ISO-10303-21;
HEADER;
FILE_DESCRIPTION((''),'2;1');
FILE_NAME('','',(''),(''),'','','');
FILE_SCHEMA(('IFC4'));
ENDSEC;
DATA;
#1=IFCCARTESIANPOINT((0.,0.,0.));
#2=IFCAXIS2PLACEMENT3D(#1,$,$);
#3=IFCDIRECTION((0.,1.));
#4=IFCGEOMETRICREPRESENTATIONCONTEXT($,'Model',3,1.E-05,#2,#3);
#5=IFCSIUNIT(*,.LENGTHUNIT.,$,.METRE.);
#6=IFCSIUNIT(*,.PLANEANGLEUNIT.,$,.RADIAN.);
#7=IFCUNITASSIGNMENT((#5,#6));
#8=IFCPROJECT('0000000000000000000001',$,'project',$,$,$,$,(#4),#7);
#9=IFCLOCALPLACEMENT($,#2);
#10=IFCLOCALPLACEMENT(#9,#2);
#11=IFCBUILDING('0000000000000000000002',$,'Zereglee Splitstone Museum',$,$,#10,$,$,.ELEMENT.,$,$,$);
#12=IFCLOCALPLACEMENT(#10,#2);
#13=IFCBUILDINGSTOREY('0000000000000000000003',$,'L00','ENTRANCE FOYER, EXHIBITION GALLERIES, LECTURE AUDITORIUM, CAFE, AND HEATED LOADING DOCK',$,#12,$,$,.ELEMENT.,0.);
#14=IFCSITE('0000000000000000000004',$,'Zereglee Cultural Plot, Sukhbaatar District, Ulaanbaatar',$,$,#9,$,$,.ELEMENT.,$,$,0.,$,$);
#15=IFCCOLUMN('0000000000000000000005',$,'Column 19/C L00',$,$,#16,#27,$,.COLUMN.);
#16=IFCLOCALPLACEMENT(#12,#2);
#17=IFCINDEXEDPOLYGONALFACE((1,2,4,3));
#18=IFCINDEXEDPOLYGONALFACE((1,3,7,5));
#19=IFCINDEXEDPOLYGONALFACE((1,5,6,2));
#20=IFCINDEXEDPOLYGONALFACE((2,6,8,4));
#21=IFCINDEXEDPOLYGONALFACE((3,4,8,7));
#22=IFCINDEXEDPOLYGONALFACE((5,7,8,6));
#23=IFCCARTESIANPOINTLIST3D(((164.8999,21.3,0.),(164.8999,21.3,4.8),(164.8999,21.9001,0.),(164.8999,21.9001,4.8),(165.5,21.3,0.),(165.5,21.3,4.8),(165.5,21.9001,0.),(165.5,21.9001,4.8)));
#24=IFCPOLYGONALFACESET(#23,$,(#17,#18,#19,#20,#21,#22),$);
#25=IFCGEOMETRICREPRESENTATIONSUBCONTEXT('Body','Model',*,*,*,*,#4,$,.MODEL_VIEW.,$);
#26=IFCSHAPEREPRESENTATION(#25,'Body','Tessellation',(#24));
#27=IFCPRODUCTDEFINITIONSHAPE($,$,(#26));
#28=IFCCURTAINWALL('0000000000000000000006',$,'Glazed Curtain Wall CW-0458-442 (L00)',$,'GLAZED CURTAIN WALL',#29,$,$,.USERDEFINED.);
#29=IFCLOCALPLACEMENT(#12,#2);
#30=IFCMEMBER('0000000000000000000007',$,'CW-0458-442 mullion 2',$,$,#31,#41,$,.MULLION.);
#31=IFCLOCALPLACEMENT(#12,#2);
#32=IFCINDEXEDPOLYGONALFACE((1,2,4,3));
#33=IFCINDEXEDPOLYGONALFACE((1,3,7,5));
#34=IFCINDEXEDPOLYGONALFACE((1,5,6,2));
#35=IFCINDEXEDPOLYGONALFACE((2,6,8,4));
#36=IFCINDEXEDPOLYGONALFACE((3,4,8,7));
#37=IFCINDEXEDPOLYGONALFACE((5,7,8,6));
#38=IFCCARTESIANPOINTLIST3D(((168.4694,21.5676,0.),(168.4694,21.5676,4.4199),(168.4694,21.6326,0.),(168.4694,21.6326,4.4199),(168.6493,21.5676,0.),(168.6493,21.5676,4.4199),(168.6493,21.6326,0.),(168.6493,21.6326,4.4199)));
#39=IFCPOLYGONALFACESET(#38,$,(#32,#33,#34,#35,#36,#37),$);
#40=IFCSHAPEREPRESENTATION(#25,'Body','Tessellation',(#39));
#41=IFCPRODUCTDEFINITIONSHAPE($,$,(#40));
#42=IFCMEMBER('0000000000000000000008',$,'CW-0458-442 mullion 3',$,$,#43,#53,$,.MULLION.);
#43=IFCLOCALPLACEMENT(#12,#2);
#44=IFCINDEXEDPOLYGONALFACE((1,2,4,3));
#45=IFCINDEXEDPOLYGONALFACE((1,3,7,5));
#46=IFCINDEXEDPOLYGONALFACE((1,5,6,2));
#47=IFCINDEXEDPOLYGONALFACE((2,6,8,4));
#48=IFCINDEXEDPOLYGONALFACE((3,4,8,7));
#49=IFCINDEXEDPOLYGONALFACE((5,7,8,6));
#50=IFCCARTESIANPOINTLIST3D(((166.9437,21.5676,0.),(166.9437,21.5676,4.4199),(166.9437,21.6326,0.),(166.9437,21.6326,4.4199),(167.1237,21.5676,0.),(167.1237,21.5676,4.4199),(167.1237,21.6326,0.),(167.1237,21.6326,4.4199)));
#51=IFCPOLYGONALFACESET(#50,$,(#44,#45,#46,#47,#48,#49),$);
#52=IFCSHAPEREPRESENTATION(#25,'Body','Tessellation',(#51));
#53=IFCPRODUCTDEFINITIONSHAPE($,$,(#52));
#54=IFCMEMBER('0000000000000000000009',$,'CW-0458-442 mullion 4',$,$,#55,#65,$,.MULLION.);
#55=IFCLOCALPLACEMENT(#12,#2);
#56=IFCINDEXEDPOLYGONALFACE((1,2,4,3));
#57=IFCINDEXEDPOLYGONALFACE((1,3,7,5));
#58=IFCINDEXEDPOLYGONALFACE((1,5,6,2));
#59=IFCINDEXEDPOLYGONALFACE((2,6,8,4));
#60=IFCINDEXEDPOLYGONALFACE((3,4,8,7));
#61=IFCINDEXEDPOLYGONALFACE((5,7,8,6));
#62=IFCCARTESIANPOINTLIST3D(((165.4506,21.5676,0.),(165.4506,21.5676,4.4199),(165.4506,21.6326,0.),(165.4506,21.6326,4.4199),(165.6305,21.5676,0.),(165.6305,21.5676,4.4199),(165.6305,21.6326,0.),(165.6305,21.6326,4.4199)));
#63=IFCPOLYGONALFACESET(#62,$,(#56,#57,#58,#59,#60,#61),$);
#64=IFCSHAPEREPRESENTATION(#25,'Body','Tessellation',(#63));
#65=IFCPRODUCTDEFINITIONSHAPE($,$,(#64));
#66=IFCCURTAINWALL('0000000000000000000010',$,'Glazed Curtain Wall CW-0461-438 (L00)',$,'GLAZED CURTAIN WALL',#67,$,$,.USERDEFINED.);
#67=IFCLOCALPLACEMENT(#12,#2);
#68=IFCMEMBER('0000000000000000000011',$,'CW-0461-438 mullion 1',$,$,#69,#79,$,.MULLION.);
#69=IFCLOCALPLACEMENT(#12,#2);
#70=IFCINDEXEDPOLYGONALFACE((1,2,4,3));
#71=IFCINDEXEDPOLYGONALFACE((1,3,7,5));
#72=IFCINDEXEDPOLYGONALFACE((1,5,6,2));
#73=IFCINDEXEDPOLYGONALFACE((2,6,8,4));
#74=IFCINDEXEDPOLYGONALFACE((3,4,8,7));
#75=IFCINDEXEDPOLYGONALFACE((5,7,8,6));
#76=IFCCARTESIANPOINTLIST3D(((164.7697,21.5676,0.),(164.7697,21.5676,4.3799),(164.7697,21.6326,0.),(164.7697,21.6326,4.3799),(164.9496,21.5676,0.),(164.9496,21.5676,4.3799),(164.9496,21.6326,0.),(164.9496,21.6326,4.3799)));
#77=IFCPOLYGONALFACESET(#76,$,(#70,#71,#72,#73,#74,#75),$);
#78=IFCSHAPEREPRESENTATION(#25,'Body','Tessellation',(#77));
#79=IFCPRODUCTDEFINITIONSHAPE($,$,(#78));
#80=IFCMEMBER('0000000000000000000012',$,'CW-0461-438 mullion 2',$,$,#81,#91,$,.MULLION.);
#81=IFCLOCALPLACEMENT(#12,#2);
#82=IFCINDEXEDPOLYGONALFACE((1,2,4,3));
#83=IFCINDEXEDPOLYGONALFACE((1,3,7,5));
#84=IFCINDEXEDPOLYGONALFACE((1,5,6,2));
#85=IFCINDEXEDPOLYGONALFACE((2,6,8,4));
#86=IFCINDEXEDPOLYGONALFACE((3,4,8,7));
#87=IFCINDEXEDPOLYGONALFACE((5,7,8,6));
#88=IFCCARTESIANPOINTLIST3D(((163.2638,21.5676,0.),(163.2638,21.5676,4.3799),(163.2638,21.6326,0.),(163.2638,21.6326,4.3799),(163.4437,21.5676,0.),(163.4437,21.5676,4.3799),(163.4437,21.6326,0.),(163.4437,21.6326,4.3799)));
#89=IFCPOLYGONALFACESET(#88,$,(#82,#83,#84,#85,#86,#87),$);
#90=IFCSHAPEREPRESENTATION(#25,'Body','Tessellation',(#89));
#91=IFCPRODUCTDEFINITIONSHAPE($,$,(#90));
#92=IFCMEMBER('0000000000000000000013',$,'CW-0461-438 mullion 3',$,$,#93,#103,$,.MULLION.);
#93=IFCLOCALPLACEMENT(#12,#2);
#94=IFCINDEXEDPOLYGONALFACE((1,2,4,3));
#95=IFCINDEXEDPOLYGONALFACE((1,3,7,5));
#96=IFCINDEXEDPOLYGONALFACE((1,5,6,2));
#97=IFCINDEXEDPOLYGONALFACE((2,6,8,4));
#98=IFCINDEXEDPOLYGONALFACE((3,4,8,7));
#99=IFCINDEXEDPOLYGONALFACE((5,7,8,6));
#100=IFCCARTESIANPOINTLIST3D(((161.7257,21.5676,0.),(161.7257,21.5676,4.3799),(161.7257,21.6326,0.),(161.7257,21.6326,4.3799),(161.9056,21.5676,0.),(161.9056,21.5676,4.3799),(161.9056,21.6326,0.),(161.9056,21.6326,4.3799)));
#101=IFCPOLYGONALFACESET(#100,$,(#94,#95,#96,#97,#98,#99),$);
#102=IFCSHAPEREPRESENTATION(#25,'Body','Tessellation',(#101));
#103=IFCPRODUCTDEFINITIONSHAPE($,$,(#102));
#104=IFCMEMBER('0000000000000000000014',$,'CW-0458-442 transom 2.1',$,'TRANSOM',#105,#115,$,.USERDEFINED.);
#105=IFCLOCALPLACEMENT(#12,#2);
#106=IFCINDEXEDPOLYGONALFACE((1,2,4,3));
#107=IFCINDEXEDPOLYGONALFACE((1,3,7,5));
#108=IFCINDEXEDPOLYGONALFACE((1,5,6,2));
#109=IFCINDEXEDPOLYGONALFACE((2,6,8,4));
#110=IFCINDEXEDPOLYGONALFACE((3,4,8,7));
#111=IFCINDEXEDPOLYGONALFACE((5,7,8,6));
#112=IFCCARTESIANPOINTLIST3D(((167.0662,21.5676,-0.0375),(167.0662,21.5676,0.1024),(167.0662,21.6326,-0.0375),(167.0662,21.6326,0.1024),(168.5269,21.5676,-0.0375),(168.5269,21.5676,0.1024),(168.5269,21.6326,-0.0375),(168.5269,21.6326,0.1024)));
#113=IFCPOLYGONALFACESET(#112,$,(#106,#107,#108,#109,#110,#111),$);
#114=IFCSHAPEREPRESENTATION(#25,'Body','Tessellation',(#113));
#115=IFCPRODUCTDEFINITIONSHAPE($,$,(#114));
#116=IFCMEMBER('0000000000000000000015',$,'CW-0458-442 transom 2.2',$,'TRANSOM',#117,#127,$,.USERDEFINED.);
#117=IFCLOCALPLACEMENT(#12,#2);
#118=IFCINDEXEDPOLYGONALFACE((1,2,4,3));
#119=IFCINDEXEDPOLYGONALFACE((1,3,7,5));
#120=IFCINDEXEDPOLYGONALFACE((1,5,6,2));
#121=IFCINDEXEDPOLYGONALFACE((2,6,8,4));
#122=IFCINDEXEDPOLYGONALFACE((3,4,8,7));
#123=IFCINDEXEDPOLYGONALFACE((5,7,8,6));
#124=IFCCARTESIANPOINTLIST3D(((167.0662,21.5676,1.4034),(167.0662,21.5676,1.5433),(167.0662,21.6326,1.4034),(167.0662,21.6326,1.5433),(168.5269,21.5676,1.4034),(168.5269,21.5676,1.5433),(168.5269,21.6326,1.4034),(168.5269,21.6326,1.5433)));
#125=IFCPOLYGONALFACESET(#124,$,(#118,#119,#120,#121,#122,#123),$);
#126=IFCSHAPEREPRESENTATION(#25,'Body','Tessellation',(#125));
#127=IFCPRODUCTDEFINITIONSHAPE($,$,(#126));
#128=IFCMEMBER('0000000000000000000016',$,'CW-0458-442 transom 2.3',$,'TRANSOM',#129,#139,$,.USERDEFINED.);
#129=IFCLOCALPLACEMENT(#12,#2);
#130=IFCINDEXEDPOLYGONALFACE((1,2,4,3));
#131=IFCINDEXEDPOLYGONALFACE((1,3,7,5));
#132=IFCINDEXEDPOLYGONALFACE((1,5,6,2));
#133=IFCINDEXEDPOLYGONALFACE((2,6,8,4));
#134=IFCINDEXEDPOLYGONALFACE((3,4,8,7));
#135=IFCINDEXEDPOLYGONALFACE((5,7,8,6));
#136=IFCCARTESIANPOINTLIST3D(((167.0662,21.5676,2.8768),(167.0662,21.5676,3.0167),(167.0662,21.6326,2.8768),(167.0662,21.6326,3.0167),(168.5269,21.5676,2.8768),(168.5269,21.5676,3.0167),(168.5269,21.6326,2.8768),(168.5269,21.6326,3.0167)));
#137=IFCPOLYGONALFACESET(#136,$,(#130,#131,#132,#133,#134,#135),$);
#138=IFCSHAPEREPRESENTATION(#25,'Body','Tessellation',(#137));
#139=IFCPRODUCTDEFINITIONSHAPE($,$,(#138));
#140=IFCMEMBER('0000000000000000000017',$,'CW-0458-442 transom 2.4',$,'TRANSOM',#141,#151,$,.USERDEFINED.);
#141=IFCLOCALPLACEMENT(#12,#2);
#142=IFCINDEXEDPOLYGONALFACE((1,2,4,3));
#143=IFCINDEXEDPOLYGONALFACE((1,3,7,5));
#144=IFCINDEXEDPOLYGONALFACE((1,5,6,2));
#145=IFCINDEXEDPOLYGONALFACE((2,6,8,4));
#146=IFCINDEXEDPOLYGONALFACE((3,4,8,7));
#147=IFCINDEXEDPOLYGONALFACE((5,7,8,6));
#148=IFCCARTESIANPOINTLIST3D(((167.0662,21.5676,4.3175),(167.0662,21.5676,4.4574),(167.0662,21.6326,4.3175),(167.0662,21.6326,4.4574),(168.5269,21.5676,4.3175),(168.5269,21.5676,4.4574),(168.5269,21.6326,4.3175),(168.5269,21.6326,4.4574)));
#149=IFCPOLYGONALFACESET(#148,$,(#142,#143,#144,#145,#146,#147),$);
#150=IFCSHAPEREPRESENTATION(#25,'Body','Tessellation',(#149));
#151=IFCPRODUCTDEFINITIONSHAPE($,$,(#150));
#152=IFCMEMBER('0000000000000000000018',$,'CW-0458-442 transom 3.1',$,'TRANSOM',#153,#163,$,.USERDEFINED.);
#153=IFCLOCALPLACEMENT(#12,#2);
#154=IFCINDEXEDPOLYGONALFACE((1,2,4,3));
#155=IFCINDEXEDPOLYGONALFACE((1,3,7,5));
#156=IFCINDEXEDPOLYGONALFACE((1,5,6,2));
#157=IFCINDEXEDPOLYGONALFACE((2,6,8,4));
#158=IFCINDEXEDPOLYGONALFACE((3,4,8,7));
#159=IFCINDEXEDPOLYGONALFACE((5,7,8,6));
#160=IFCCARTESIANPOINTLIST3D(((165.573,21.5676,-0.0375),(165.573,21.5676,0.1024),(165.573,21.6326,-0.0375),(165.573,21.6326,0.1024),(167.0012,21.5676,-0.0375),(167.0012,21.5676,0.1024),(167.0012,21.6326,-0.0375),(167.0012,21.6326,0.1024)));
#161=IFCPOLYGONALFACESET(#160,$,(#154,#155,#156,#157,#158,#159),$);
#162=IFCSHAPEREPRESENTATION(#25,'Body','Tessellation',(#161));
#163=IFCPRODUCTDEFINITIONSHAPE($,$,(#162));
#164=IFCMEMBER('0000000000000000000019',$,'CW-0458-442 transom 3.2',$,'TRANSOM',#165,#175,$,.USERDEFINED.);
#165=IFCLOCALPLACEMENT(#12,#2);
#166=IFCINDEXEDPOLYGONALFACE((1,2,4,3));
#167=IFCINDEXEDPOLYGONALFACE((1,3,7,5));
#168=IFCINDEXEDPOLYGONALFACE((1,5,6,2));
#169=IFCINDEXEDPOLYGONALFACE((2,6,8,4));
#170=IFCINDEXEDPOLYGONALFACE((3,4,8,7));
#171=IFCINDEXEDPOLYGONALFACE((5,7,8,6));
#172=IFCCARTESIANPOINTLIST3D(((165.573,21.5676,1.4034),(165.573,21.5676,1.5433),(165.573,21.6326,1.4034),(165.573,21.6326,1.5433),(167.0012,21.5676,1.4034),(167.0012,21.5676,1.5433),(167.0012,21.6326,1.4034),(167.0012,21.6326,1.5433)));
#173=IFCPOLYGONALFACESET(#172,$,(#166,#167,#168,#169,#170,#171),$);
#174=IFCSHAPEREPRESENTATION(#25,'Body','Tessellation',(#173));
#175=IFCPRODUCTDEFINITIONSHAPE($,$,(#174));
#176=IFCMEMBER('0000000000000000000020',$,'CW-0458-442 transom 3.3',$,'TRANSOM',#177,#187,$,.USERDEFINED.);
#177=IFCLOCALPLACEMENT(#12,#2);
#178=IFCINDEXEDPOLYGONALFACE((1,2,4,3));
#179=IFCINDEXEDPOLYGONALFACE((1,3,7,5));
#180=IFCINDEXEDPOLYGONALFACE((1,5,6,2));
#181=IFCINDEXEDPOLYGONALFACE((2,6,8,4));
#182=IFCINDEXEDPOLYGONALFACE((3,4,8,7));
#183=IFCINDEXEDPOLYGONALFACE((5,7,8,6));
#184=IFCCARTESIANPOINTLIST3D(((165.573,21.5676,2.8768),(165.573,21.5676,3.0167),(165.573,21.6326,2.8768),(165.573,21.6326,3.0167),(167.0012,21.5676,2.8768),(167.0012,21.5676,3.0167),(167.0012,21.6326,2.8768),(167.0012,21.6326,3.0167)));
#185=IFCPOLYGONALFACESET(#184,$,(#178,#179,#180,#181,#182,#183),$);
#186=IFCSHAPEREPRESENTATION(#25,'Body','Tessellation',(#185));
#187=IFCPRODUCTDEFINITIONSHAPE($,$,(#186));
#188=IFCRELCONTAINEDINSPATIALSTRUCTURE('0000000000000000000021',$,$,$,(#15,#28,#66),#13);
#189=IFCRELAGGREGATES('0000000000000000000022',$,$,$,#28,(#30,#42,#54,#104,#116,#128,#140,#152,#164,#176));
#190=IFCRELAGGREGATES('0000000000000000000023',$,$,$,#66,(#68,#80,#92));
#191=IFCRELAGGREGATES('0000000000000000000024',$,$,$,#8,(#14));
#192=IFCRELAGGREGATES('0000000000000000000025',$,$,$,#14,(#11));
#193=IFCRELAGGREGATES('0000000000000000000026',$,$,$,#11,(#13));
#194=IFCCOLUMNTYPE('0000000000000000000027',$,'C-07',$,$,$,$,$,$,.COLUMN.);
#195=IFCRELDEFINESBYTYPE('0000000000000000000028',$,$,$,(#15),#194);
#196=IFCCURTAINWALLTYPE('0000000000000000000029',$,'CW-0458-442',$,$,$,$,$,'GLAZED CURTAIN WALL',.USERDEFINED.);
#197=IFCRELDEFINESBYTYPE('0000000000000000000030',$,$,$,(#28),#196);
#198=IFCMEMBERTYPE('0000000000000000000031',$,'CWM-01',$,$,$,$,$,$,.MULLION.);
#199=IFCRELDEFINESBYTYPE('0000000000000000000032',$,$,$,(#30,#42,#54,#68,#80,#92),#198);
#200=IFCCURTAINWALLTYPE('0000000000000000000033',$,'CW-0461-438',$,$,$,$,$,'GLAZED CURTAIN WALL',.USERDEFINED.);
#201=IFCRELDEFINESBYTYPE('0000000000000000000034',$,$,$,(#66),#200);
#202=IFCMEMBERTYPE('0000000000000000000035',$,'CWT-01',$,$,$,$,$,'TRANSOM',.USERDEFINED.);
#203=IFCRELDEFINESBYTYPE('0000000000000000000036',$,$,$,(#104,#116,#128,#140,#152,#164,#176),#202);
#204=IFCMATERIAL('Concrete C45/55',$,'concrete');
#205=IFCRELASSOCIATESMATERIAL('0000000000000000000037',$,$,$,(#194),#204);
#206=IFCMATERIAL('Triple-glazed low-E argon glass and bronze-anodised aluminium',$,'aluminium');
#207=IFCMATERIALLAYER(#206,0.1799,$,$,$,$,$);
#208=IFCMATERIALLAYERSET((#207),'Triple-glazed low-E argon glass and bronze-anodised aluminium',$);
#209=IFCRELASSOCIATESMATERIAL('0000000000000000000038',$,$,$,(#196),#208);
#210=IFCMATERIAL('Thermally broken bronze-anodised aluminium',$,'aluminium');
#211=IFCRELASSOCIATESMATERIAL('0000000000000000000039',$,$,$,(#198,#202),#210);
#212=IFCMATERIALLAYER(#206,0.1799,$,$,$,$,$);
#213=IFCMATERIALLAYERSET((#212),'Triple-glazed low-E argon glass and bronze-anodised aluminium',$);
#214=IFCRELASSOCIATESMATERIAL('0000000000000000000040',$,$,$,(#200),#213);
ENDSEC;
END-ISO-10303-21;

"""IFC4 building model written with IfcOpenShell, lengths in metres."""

from ifc_helpers import new_model, si_unit, direction, frame, origin, origin_2d, place, context, subcontext, project, spatial, rectangle, extrude, material, layer, layer_set, material_profile, profile_set, type_object, element, aggregate, save


model = new_model("IFC4")

# Units and contexts
model_context = context("Model", 3, precision=1e-05, world=origin(), true_north=direction((0.0, 1.0)))
body_context = subcontext(model_context, "Body", "Model", "MODEL_VIEW")
ifc_project = project(units=[si_unit("LENGTHUNIT", "METRE"), si_unit("PLANEANGLEUNIT", "RADIAN")], contexts=[model_context])

# Site, building, storey
site_placement = place(None, origin())
site = spatial("IfcSite", under=ifc_project, at=site_placement, Name="Zereglee Cultural Plot, Sukhbaatar District, Ulaanbaatar", CompositionType="ELEMENT", RefElevation=0.0)
building_placement = place(site_placement, origin())
building = spatial("IfcBuilding", under=site, at=building_placement, Name="Zereglee Splitstone Museum", CompositionType="ELEMENT")
storey_placement = place(building_placement, origin())
storey = spatial("IfcBuildingStorey", under=building, at=storey_placement, Name="L00", Description="ENTRANCE FOYER, EXHIBITION GALLERIES, LECTURE AUDITORIUM, CAFE, AND HEATED LOADING DOCK", CompositionType="ELEMENT", Elevation=0.0)

# Column
ifc_material_1 = material(Name="Concrete C45/55", Category="concrete")
ifc_material_profile_1 = material_profile(ifc_material_1, rectangle(XDim=0.6001, YDim=0.6001, at=origin_2d()), Name="RC 600x600")
ifc_profile_set_1 = profile_set([ifc_material_profile_1], Name="Concrete C45/55")
column_type = type_object("IfcColumnType", Name="C-07", PredefinedType="COLUMN", material=ifc_profile_set_1)
column_placement = place(storey_placement, frame((165.2, 21.6001, 0.0), z_axis=(0.0, 0.0, 1.0), x_axis=(1.0, 0.0, 0.0)))
element("IfcColumn", 1, at=column_placement, inside=storey, type_object=column_type, Name="Column 19/C L00", PredefinedType="COLUMN", context=body_context, shape_type="SweptSolid", body=[
    extrude(rectangle(XDim=0.6001, YDim=0.6001, at=origin_2d()), origin(), (0.0, 0.0, 1.0), 4.8),
])

# Curtain walls, members
ifc_material_2 = material(Name="Triple-glazed low-E argon glass and bronze-anodised aluminium", Category="aluminium")
ifc_layer_1 = layer(ifc_material_2, 0.1799)
ifc_layer_set_1 = layer_set([ifc_layer_1], Name="Triple-glazed low-E argon glass and bronze-anodised aluminium")
curtain_wall_type_1 = type_object("IfcCurtainWallType", Name="CW-0458-442", ElementType="GLAZED CURTAIN WALL", PredefinedType="USERDEFINED", material=ifc_layer_set_1)
curtain_wall_1_placement = place(storey_placement, origin())
curtain_wall_1 = element("IfcCurtainWall", 2, at=curtain_wall_1_placement, inside=storey, type_object=curtain_wall_type_1, Name="Glazed Curtain Wall CW-0458-442 (L00)", ObjectType="GLAZED CURTAIN WALL", PredefinedType="USERDEFINED")
ifc_material_3 = material(Name="Thermally broken bronze-anodised aluminium", Category="aluminium")
ifc_material_profile_2 = material_profile(ifc_material_3, rectangle(XDim=0.0649, YDim=0.1799, at=origin_2d()), Name="CW MULL 65x180")
ifc_profile_set_2 = profile_set([ifc_material_profile_2], Name="Thermally broken bronze-anodised aluminium")
member_type_1 = type_object("IfcMemberType", Name="CWM-01", PredefinedType="MULLION", material=ifc_profile_set_2)
member_1_placement = place(storey_placement, frame((168.5593, 21.6001, 0.0), z_axis=(0.0, 0.0, 1.0), x_axis=(0.0, -1.0, 0.0)))
member_1 = element("IfcMember", 3, at=member_1_placement, type_object=member_type_1, Name="CW-0458-442 mullion 2", PredefinedType="MULLION", context=body_context, shape_type="SweptSolid", body=[
    extrude(rectangle(XDim=0.0649, YDim=0.1799, at=origin_2d()), origin(), (0.0, 0.0, 1.0), 4.4199),
])
member_2_placement = place(storey_placement, frame((167.0337, 21.6001, 0.0), z_axis=(0.0, 0.0, 1.0), x_axis=(0.0, -1.0, 0.0)))
member_2 = element("IfcMember", 4, at=member_2_placement, type_object=member_type_1, Name="CW-0458-442 mullion 3", PredefinedType="MULLION", context=body_context, shape_type="SweptSolid", body=[
    extrude(rectangle(XDim=0.0649, YDim=0.1799, at=origin_2d()), origin(), (0.0, 0.0, 1.0), 4.4199),
])
member_3_placement = place(storey_placement, frame((165.5405, 21.6001, 0.0), z_axis=(0.0, 0.0, 1.0), x_axis=(0.0, -1.0, 0.0)))
member_3 = element("IfcMember", 5, at=member_3_placement, type_object=member_type_1, Name="CW-0458-442 mullion 4", PredefinedType="MULLION", context=body_context, shape_type="SweptSolid", body=[
    extrude(rectangle(XDim=0.0649, YDim=0.1799, at=origin_2d()), origin(), (0.0, 0.0, 1.0), 4.4199),
])
ifc_layer_2 = layer(ifc_material_2, 0.1799)
ifc_layer_set_2 = layer_set([ifc_layer_2], Name="Triple-glazed low-E argon glass and bronze-anodised aluminium")
curtain_wall_type_2 = type_object("IfcCurtainWallType", Name="CW-0461-438", ElementType="GLAZED CURTAIN WALL", PredefinedType="USERDEFINED", material=ifc_layer_set_2)
curtain_wall_2_placement = place(storey_placement, origin())
curtain_wall_2 = element("IfcCurtainWall", 6, at=curtain_wall_2_placement, inside=storey, type_object=curtain_wall_type_2, Name="Glazed Curtain Wall CW-0461-438 (L00)", ObjectType="GLAZED CURTAIN WALL", PredefinedType="USERDEFINED")
member_4_placement = place(storey_placement, frame((164.8596, 21.6001, 0.0), z_axis=(0.0, 0.0, 1.0), x_axis=(0.0, -1.0, 0.0)))
member_4 = element("IfcMember", 7, at=member_4_placement, type_object=member_type_1, Name="CW-0461-438 mullion 1", PredefinedType="MULLION", context=body_context, shape_type="SweptSolid", body=[
    extrude(rectangle(XDim=0.0649, YDim=0.1799, at=origin_2d()), origin(), (0.0, 0.0, 1.0), 4.3799),
])
member_5_placement = place(storey_placement, frame((163.3538, 21.6001, 0.0), z_axis=(0.0, 0.0, 1.0), x_axis=(0.0, -1.0, 0.0)))
member_5 = element("IfcMember", 8, at=member_5_placement, type_object=member_type_1, Name="CW-0461-438 mullion 2", PredefinedType="MULLION", context=body_context, shape_type="SweptSolid", body=[
    extrude(rectangle(XDim=0.0649, YDim=0.1799, at=origin_2d()), origin(), (0.0, 0.0, 1.0), 4.3799),
])
member_6_placement = place(storey_placement, frame((161.8157, 21.6001, 0.0), z_axis=(0.0, 0.0, 1.0), x_axis=(0.0, -1.0, 0.0)))
member_6 = element("IfcMember", 9, at=member_6_placement, type_object=member_type_1, Name="CW-0461-438 mullion 3", PredefinedType="MULLION", context=body_context, shape_type="SweptSolid", body=[
    extrude(rectangle(XDim=0.0649, YDim=0.1799, at=origin_2d()), origin(), (0.0, 0.0, 1.0), 4.3799),
])

# Members
ifc_material_profile_3 = material_profile(ifc_material_3, rectangle(XDim=0.0649, YDim=0.1399, at=origin_2d()), Name="CW TRAN 65x140")
ifc_profile_set_3 = profile_set([ifc_material_profile_3], Name="Thermally broken bronze-anodised aluminium")
member_type_2 = type_object("IfcMemberType", Name="CWT-01", ElementType="TRANSOM", PredefinedType="USERDEFINED", material=ifc_profile_set_3)
member_7_placement = place(storey_placement, frame((168.5269, 21.6001, 0.0325), z_axis=(-1.0, 0.0, 0.0), x_axis=(0.0, -1.0, 0.0)))
member_7 = element("IfcMember", 10, at=member_7_placement, type_object=member_type_2, Name="CW-0458-442 transom 2.1", ObjectType="TRANSOM", PredefinedType="USERDEFINED", context=body_context, shape_type="SweptSolid", body=[
    extrude(rectangle(XDim=0.0649, YDim=0.1399, at=origin_2d()), origin(), (0.0, 0.0, 1.0), 1.4607),
])
member_8_placement = place(storey_placement, frame((168.5269, 21.6001, 1.4734), z_axis=(-1.0, 0.0, 0.0), x_axis=(0.0, -1.0, 0.0)))
member_8 = element("IfcMember", 11, at=member_8_placement, type_object=member_type_2, Name="CW-0458-442 transom 2.2", ObjectType="TRANSOM", PredefinedType="USERDEFINED", context=body_context, shape_type="SweptSolid", body=[
    extrude(rectangle(XDim=0.0649, YDim=0.1399, at=origin_2d()), origin(), (0.0, 0.0, 1.0), 1.4607),
])
member_9_placement = place(storey_placement, frame((168.5269, 21.6001, 2.9468), z_axis=(-1.0, 0.0, 0.0), x_axis=(0.0, -1.0, 0.0)))
member_9 = element("IfcMember", 12, at=member_9_placement, type_object=member_type_2, Name="CW-0458-442 transom 2.3", ObjectType="TRANSOM", PredefinedType="USERDEFINED", context=body_context, shape_type="SweptSolid", body=[
    extrude(rectangle(XDim=0.0649, YDim=0.1399, at=origin_2d()), origin(), (0.0, 0.0, 1.0), 1.4607),
])
member_10_placement = place(storey_placement, frame((168.5269, 21.6001, 4.3875), z_axis=(-1.0, 0.0, 0.0), x_axis=(0.0, -1.0, 0.0)))
member_10 = element("IfcMember", 13, at=member_10_placement, type_object=member_type_2, Name="CW-0458-442 transom 2.4", ObjectType="TRANSOM", PredefinedType="USERDEFINED", context=body_context, shape_type="SweptSolid", body=[
    extrude(rectangle(XDim=0.0649, YDim=0.1399, at=origin_2d()), origin(), (0.0, 0.0, 1.0), 1.4607),
])
member_11_placement = place(storey_placement, frame((167.0012, 21.6001, 0.0325), z_axis=(-1.0, 0.0, 0.0), x_axis=(0.0, -1.0, 0.0)))
member_11 = element("IfcMember", 14, at=member_11_placement, type_object=member_type_2, Name="CW-0458-442 transom 3.1", ObjectType="TRANSOM", PredefinedType="USERDEFINED", context=body_context, shape_type="SweptSolid", body=[
    extrude(rectangle(XDim=0.0649, YDim=0.1399, at=origin_2d()), origin(), (0.0, 0.0, 1.0), 1.4282),
])
member_12_placement = place(storey_placement, frame((167.0012, 21.6001, 1.4734), z_axis=(-1.0, 0.0, 0.0), x_axis=(0.0, -1.0, 0.0)))
member_12 = element("IfcMember", 15, at=member_12_placement, type_object=member_type_2, Name="CW-0458-442 transom 3.2", ObjectType="TRANSOM", PredefinedType="USERDEFINED", context=body_context, shape_type="SweptSolid", body=[
    extrude(rectangle(XDim=0.0649, YDim=0.1399, at=origin_2d()), origin(), (0.0, 0.0, 1.0), 1.4282),
])
member_13_placement = place(storey_placement, frame((167.0012, 21.6001, 2.9468), z_axis=(-1.0, 0.0, 0.0), x_axis=(0.0, -1.0, 0.0)))
member_13 = element("IfcMember", 16, at=member_13_placement, type_object=member_type_2, Name="CW-0458-442 transom 3.3", ObjectType="TRANSOM", PredefinedType="USERDEFINED", context=body_context, shape_type="SweptSolid", body=[
    extrude(rectangle(XDim=0.0649, YDim=0.1399, at=origin_2d()), origin(), (0.0, 0.0, 1.0), 1.4282),
])

aggregate(curtain_wall_1, [member_1, member_2, member_3, member_7, member_8, member_9, member_10, member_11, member_12, member_13])
aggregate(curtain_wall_2, [member_4, member_5, member_6])

save(model, "model.ifc")
